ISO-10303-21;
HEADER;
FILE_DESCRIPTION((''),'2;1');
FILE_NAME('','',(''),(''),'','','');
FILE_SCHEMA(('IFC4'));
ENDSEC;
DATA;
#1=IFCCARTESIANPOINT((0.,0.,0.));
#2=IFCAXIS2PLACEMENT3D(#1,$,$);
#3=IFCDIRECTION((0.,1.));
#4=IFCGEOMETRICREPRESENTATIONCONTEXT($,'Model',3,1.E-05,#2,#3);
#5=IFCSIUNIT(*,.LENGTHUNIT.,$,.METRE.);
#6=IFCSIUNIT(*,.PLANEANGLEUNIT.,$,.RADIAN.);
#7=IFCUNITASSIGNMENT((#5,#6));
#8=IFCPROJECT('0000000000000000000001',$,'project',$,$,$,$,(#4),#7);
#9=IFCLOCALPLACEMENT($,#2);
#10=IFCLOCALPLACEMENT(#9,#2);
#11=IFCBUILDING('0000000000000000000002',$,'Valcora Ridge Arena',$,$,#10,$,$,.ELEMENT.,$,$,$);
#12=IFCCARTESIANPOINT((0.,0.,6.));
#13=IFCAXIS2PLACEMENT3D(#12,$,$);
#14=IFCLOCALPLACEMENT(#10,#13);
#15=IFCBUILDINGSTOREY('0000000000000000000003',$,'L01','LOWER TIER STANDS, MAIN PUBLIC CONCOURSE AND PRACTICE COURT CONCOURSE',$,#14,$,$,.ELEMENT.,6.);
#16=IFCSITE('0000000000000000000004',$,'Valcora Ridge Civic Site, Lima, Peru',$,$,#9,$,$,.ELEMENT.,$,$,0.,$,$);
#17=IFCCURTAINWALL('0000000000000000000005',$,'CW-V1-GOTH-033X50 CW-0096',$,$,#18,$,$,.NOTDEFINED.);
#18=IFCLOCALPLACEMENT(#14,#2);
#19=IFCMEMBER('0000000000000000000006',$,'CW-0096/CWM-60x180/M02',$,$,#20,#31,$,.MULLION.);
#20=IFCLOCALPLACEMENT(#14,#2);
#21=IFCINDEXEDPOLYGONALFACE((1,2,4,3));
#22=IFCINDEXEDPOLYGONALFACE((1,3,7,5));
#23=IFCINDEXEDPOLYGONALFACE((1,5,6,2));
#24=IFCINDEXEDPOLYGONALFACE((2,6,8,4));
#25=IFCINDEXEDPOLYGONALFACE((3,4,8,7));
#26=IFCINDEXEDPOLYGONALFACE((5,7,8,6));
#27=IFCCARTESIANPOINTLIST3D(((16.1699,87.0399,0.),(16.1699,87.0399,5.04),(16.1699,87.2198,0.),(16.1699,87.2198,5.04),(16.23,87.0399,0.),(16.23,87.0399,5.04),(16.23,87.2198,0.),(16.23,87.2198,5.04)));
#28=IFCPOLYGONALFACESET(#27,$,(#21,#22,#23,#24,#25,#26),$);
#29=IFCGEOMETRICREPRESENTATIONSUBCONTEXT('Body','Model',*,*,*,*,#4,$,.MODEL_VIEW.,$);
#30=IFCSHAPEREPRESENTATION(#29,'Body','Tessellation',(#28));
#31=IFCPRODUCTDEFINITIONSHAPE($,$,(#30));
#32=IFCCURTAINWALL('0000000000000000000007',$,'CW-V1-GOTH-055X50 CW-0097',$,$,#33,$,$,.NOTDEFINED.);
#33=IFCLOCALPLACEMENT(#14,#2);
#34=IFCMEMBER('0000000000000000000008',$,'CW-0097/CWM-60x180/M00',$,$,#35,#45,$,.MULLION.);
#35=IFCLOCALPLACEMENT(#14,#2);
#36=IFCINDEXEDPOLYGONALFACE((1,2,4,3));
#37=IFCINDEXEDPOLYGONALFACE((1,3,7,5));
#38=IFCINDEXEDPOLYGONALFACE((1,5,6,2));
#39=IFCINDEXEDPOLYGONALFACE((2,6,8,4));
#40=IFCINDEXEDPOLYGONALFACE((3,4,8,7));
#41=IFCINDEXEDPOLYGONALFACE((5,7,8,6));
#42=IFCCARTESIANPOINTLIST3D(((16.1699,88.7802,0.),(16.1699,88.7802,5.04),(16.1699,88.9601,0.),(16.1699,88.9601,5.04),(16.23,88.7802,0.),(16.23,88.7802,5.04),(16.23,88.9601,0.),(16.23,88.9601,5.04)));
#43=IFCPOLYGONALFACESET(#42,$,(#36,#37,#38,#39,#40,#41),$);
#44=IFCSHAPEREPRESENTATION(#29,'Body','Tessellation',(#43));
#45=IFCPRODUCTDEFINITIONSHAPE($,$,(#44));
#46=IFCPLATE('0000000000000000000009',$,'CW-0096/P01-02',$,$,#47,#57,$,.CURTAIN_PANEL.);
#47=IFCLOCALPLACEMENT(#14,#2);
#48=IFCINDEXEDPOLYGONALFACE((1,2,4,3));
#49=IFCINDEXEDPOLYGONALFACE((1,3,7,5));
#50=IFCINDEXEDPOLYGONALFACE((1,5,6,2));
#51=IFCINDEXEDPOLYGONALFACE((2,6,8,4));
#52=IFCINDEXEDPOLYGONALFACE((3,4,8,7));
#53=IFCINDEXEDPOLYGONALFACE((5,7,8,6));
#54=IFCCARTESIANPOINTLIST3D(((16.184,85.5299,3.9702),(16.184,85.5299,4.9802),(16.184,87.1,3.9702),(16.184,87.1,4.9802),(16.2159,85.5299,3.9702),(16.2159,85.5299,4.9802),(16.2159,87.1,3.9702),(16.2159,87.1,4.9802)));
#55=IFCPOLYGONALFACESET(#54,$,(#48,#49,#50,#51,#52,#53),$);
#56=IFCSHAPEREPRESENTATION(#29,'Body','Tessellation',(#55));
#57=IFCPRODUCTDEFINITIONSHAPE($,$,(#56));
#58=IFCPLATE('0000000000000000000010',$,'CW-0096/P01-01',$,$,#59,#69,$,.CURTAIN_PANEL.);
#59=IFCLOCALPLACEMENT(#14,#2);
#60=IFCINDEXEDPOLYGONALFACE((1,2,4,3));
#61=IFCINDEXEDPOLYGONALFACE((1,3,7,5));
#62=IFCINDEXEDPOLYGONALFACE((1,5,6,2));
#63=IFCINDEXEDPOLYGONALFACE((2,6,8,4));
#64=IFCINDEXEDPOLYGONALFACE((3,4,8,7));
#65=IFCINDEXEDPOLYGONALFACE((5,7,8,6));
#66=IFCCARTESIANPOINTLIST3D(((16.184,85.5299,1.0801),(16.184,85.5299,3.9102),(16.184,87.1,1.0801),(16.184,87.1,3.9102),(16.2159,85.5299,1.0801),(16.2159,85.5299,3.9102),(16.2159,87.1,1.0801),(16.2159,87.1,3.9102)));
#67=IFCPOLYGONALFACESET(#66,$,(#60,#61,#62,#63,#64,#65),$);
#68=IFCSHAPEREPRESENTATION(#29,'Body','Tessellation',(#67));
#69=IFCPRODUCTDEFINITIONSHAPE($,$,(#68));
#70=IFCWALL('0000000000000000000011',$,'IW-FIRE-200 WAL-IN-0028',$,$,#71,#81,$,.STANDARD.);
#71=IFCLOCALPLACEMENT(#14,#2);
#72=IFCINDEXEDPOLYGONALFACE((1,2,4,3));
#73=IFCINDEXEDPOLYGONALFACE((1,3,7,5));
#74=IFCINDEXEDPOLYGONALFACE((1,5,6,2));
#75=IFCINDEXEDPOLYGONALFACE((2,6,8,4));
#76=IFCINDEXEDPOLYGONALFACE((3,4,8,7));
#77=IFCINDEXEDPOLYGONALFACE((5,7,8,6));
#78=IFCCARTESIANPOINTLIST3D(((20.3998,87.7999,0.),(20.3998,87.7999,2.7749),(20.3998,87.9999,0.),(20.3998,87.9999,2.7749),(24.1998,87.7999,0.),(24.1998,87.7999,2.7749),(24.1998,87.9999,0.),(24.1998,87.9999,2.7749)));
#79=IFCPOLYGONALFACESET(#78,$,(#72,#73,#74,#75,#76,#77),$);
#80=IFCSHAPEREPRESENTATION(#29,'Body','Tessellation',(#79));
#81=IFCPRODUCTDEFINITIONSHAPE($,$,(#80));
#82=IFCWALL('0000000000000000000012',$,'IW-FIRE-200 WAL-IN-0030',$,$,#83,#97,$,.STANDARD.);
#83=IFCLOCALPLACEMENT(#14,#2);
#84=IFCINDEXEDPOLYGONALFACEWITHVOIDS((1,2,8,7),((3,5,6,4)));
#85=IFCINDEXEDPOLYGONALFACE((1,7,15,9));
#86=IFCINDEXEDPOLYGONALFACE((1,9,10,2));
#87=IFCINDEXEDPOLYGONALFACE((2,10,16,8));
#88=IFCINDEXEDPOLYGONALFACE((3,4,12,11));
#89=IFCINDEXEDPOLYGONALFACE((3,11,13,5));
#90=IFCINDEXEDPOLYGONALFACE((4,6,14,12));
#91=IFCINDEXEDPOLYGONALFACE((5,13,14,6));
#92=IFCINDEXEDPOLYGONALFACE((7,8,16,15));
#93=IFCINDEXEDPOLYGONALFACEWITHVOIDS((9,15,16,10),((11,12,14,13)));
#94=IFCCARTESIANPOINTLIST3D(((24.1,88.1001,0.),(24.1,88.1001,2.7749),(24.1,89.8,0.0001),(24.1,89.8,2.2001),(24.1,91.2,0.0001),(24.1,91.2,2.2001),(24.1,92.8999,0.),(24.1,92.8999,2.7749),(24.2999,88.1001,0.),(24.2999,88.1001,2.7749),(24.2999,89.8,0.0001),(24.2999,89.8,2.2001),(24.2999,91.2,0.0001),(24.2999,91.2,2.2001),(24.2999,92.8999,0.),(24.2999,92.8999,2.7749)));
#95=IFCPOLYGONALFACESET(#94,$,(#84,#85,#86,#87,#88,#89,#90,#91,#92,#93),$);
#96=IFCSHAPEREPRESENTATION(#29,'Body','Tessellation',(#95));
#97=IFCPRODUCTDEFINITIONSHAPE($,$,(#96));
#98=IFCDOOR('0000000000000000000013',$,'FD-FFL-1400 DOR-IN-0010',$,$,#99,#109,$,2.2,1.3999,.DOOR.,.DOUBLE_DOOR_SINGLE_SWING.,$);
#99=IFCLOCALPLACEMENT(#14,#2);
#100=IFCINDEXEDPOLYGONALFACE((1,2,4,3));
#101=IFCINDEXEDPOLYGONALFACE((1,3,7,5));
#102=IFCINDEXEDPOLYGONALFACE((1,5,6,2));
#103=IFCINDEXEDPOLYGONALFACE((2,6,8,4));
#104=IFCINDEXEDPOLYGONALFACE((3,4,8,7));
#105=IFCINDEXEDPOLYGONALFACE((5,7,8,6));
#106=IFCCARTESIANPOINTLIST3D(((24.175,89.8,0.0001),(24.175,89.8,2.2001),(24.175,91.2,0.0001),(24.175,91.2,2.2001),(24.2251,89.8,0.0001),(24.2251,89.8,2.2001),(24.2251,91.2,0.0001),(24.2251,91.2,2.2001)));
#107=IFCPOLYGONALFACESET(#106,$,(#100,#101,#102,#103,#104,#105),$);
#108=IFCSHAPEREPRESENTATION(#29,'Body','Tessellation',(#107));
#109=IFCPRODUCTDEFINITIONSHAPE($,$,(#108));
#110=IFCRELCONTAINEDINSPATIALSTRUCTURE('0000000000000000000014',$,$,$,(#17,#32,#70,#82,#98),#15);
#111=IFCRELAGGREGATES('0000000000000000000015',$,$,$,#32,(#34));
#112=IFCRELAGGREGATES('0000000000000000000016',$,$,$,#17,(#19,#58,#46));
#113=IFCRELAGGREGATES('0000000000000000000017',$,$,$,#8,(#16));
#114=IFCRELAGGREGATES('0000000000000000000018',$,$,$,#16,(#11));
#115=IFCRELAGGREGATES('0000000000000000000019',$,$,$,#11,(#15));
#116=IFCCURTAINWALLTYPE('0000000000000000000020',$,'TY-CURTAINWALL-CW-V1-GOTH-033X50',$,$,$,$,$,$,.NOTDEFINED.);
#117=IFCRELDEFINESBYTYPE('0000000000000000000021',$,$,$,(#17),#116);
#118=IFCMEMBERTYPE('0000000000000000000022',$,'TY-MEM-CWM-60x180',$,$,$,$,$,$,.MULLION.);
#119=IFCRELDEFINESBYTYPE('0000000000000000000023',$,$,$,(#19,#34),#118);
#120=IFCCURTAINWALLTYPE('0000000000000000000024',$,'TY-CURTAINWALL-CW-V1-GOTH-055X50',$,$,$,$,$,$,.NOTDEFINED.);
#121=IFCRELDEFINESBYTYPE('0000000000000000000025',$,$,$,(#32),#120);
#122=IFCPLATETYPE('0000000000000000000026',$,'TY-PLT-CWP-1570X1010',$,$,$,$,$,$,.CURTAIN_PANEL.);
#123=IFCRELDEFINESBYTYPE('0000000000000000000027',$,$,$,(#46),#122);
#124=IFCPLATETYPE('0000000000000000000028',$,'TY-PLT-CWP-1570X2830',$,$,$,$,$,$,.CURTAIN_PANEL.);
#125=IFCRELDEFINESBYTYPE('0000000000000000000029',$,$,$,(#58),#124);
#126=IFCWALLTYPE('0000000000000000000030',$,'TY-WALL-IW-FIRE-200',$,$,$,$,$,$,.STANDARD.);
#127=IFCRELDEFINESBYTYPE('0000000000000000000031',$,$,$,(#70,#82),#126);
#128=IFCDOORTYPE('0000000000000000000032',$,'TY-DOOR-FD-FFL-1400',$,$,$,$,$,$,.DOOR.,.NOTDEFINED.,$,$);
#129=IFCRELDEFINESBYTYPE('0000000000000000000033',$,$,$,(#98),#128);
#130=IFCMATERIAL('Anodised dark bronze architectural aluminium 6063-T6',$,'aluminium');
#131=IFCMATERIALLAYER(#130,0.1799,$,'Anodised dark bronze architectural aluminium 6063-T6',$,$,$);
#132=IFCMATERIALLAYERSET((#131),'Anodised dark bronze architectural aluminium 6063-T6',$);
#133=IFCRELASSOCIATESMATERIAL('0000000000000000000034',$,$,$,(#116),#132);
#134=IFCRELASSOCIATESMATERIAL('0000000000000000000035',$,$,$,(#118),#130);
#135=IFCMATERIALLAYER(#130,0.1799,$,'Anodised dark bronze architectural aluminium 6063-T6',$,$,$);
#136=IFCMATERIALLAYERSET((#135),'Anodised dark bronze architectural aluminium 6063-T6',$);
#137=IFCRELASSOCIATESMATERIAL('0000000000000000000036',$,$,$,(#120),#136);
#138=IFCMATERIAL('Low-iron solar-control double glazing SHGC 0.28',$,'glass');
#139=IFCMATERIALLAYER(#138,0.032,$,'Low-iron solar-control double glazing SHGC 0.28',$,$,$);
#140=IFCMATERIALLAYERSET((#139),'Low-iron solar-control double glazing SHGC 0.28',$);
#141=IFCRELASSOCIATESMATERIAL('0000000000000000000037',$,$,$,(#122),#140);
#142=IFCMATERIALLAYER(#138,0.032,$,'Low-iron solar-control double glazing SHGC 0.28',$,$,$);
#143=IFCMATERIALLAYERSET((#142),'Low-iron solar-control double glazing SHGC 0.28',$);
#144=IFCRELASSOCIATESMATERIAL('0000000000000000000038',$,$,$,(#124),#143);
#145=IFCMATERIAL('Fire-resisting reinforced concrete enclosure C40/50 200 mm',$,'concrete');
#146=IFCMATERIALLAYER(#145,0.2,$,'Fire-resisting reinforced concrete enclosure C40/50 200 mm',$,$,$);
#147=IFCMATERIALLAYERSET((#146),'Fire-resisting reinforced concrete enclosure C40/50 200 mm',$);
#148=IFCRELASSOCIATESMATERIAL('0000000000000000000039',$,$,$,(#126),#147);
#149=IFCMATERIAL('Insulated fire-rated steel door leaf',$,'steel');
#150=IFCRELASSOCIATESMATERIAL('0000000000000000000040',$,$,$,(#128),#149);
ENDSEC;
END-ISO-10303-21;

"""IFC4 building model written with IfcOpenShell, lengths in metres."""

from ifc_helpers import new_model, si_unit, direction, frame, frame_2d, origin, origin_2d, place, context, subcontext, project, spatial, rectangle, extrude, material, layer, layer_set, material_profile, profile_set, type_object, element, fill, aggregate, save


model = new_model("IFC4")

# Units and contexts
model_context = context("Model", 3, precision=1e-05, world=origin(), true_north=direction((0.0, 1.0)))
body_context = subcontext(model_context, "Body", "Model", "MODEL_VIEW")
ifc_project = project(units=[si_unit("LENGTHUNIT", "METRE"), si_unit("PLANEANGLEUNIT", "RADIAN")], contexts=[model_context])

# Site, building, storey
site_placement = place(None, origin())
site = spatial("IfcSite", under=ifc_project, at=site_placement, Name="Valcora Ridge Civic Site, Lima, Peru", CompositionType="ELEMENT", RefElevation=0.0)
building_placement = place(site_placement, origin())
building = spatial("IfcBuilding", under=site, at=building_placement, Name="Valcora Ridge Arena", CompositionType="ELEMENT")
storey_placement = place(building_placement, frame((0.0, 0.0, 6.0)))
storey = spatial("IfcBuildingStorey", under=building, at=storey_placement, Name="L01", Description="LOWER TIER STANDS, MAIN PUBLIC CONCOURSE AND PRACTICE COURT CONCOURSE", CompositionType="ELEMENT", Elevation=6.0)

# Curtain walls, members
ifc_material_1 = material(Name="Anodised dark bronze architectural aluminium 6063-T6", Category="aluminium")
ifc_layer_1 = layer(ifc_material_1, 0.1799, Name="Anodised dark bronze architectural aluminium 6063-T6")
ifc_layer_set_1 = layer_set([ifc_layer_1], Name="Anodised dark bronze architectural aluminium 6063-T6")
curtain_wall_type_1 = type_object("IfcCurtainWallType", Name="TY-CURTAINWALL-CW-V1-GOTH-033X50", PredefinedType="NOTDEFINED", material=ifc_layer_set_1)
curtain_wall_1_placement = place(storey_placement, origin())
curtain_wall_1 = element("IfcCurtainWall", 1, at=curtain_wall_1_placement, inside=storey, type_object=curtain_wall_type_1, Name="CW-V1-GOTH-033X50 CW-0096", PredefinedType="NOTDEFINED")
ifc_material_profile_1 = material_profile(ifc_material_1, rectangle(XDim=0.0601, YDim=0.1799, at=origin_2d()), Name="ALU MULLION 60x180")
ifc_profile_set_1 = profile_set([ifc_material_profile_1], Name="Anodised dark bronze architectural aluminium 6063-T6")
member_type = type_object("IfcMemberType", Name="TY-MEM-CWM-60x180", PredefinedType="MULLION", material=ifc_profile_set_1)
member_1_placement = place(storey_placement, frame((16.2, 87.1299, 0.0), z_axis=(0.0, 0.0, 1.0), x_axis=(-1.0, 0.0, 0.0)))
member_1 = element("IfcMember", 2, at=member_1_placement, type_object=member_type, Name="CW-0096/CWM-60x180/M02", PredefinedType="MULLION", context=body_context, shape_type="SweptSolid", body=[
    extrude(rectangle(XDim=0.0601, YDim=0.1799, at=origin_2d()), origin(), (0.0, 0.0, 1.0), 5.04),
])
ifc_layer_2 = layer(ifc_material_1, 0.1799, Name="Anodised dark bronze architectural aluminium 6063-T6")
ifc_layer_set_2 = layer_set([ifc_layer_2], Name="Anodised dark bronze architectural aluminium 6063-T6")
curtain_wall_type_2 = type_object("IfcCurtainWallType", Name="TY-CURTAINWALL-CW-V1-GOTH-055X50", PredefinedType="NOTDEFINED", material=ifc_layer_set_2)
curtain_wall_2_placement = place(storey_placement, origin())
curtain_wall_2 = element("IfcCurtainWall", 3, at=curtain_wall_2_placement, inside=storey, type_object=curtain_wall_type_2, Name="CW-V1-GOTH-055X50 CW-0097", PredefinedType="NOTDEFINED")
member_2_placement = place(storey_placement, frame((16.2, 88.8701, 0.0), z_axis=(0.0, 0.0, 1.0), x_axis=(-1.0, 0.0, 0.0)))
member_2 = element("IfcMember", 4, at=member_2_placement, type_object=member_type, Name="CW-0097/CWM-60x180/M00", PredefinedType="MULLION", context=body_context, shape_type="SweptSolid", body=[
    extrude(rectangle(XDim=0.0601, YDim=0.1799, at=origin_2d()), origin(), (0.0, 0.0, 1.0), 5.04),
])
aggregate(curtain_wall_2, [member_2])

# Plates
ifc_material_2 = material(Name="Low-iron solar-control double glazing SHGC 0.28", Category="glass")
ifc_layer_3 = layer(ifc_material_2, 0.032, Name="Low-iron solar-control double glazing SHGC 0.28")
ifc_layer_set_3 = layer_set([ifc_layer_3], Name="Low-iron solar-control double glazing SHGC 0.28")
plate_type_1 = type_object("IfcPlateType", Name="TY-PLT-CWP-1570X1010", PredefinedType="CURTAIN_PANEL", material=ifc_layer_set_3)
plate_1_placement = place(storey_placement, frame((16.2, 86.3149, 3.9702), z_axis=(0.0, 0.0, 1.0), x_axis=(0.0, 1.0, 0.0)))
plate_1 = element("IfcPlate", 5, at=plate_1_placement, type_object=plate_type_1, Name="CW-0096/P01-02", PredefinedType="CURTAIN_PANEL", context=body_context, shape_type="SweptSolid", body=[
    extrude(rectangle(XDim=1.5701, YDim=0.032, at=origin_2d()), origin(), (0.0, 0.0, 1.0), 1.01),
])
ifc_layer_4 = layer(ifc_material_2, 0.032, Name="Low-iron solar-control double glazing SHGC 0.28")
ifc_layer_set_4 = layer_set([ifc_layer_4], Name="Low-iron solar-control double glazing SHGC 0.28")
plate_type_2 = type_object("IfcPlateType", Name="TY-PLT-CWP-1570X2830", PredefinedType="CURTAIN_PANEL", material=ifc_layer_set_4)
plate_2_placement = place(storey_placement, frame((16.2, 86.3149, 1.0801), z_axis=(0.0, 0.0, 1.0), x_axis=(0.0, 1.0, 0.0)))
plate_2 = element("IfcPlate", 6, at=plate_2_placement, type_object=plate_type_2, Name="CW-0096/P01-01", PredefinedType="CURTAIN_PANEL", context=body_context, shape_type="SweptSolid", body=[
    extrude(rectangle(XDim=1.5701, YDim=0.032, at=origin_2d()), origin(), (0.0, 0.0, 1.0), 2.8301),
])
aggregate(curtain_wall_1, [member_1, plate_2, plate_1])

# Wall
ifc_material_3 = material(Name="Fire-resisting reinforced concrete enclosure C40/50 200 mm", Category="concrete")
ifc_layer_5 = layer(ifc_material_3, 0.2, Name="Fire-resisting reinforced concrete enclosure C40/50 200 mm")
ifc_layer_set_5 = layer_set([ifc_layer_5], Name="Fire-resisting reinforced concrete enclosure C40/50 200 mm")
wall_type = type_object("IfcWallType", Name="TY-WALL-IW-FIRE-200", PredefinedType="STANDARD", material=ifc_layer_set_5)
wall_1_placement = place(storey_placement, frame((20.3999, 87.8999, 0.0), z_axis=(0.0, 0.0, 1.0), x_axis=(1.0, 0.0, 0.0)))
element("IfcWall", 7, at=wall_1_placement, inside=storey, type_object=wall_type, Name="IW-FIRE-200 WAL-IN-0028", PredefinedType="STANDARD", context=body_context, shape_type="SweptSolid", body=[
    extrude(rectangle(XDim=3.8, YDim=0.2, at=frame_2d((1.8999, 0.0))), origin(), (0.0, 0.0, 1.0), 2.7749),
])

# Wall, opening, door
wall_2_placement = place(storey_placement, frame((24.2, 88.1001, 0.0), z_axis=(0.0, 0.0, 1.0), x_axis=(0.0, 1.0, 0.0)))
wall_2 = element("IfcWall", 8, at=wall_2_placement, inside=storey, type_object=wall_type, Name="IW-FIRE-200 WAL-IN-0030", PredefinedType="STANDARD", context=body_context, shape_type="SweptSolid", body=[
    extrude(rectangle(XDim=4.7998, YDim=0.2, at=frame_2d((2.3999, 0.0))), origin(), (0.0, 0.0, 1.0), 2.7749),
])
opening_placement = place(wall_2_placement, frame((1.7, 0.0, 0.0)))
opening = element("IfcOpeningElement", 9, at=opening_placement, cuts=wall_2, PredefinedType="OPENING", context=body_context, shape_type="SweptSolid", body=[
    extrude(rectangle(XDim=1.3999, YDim=2.2, at=frame_2d((0.7, 1.1001))), frame((0.0, 0.1099, 0.0), z_axis=(0.0, -1.0, 0.0), x_axis=(1.0, 0.0, 0.0)), (0.0, 0.0, 1.0), 0.22),
])
ifc_material_4 = material(Name="Insulated fire-rated steel door leaf", Category="steel")
door_type = type_object("IfcDoorType", Name="TY-DOOR-FD-FFL-1400", OperationType="NOTDEFINED", PredefinedType="DOOR", material=ifc_material_4)
door_placement = place(opening_placement, origin())
door = element("IfcDoor", 10, at=door_placement, inside=storey, type_object=door_type, Name="FD-FFL-1400 DOR-IN-0010", OperationType="DOUBLE_DOOR_SINGLE_SWING", OverallHeight=2.2, OverallWidth=1.3999, PredefinedType="DOOR", context=body_context, shape_type="SweptSolid", body=[
    extrude(rectangle(XDim=1.3999, YDim=2.2, at=frame_2d((0.7, 1.1001))), frame((0.0, 0.0249, 0.0), z_axis=(0.0, -1.0, 0.0), x_axis=(1.0, 0.0, 0.0)), (0.0, 0.0, 1.0), 0.05),
])
fill(opening, door)

save(model, "model.ifc")
